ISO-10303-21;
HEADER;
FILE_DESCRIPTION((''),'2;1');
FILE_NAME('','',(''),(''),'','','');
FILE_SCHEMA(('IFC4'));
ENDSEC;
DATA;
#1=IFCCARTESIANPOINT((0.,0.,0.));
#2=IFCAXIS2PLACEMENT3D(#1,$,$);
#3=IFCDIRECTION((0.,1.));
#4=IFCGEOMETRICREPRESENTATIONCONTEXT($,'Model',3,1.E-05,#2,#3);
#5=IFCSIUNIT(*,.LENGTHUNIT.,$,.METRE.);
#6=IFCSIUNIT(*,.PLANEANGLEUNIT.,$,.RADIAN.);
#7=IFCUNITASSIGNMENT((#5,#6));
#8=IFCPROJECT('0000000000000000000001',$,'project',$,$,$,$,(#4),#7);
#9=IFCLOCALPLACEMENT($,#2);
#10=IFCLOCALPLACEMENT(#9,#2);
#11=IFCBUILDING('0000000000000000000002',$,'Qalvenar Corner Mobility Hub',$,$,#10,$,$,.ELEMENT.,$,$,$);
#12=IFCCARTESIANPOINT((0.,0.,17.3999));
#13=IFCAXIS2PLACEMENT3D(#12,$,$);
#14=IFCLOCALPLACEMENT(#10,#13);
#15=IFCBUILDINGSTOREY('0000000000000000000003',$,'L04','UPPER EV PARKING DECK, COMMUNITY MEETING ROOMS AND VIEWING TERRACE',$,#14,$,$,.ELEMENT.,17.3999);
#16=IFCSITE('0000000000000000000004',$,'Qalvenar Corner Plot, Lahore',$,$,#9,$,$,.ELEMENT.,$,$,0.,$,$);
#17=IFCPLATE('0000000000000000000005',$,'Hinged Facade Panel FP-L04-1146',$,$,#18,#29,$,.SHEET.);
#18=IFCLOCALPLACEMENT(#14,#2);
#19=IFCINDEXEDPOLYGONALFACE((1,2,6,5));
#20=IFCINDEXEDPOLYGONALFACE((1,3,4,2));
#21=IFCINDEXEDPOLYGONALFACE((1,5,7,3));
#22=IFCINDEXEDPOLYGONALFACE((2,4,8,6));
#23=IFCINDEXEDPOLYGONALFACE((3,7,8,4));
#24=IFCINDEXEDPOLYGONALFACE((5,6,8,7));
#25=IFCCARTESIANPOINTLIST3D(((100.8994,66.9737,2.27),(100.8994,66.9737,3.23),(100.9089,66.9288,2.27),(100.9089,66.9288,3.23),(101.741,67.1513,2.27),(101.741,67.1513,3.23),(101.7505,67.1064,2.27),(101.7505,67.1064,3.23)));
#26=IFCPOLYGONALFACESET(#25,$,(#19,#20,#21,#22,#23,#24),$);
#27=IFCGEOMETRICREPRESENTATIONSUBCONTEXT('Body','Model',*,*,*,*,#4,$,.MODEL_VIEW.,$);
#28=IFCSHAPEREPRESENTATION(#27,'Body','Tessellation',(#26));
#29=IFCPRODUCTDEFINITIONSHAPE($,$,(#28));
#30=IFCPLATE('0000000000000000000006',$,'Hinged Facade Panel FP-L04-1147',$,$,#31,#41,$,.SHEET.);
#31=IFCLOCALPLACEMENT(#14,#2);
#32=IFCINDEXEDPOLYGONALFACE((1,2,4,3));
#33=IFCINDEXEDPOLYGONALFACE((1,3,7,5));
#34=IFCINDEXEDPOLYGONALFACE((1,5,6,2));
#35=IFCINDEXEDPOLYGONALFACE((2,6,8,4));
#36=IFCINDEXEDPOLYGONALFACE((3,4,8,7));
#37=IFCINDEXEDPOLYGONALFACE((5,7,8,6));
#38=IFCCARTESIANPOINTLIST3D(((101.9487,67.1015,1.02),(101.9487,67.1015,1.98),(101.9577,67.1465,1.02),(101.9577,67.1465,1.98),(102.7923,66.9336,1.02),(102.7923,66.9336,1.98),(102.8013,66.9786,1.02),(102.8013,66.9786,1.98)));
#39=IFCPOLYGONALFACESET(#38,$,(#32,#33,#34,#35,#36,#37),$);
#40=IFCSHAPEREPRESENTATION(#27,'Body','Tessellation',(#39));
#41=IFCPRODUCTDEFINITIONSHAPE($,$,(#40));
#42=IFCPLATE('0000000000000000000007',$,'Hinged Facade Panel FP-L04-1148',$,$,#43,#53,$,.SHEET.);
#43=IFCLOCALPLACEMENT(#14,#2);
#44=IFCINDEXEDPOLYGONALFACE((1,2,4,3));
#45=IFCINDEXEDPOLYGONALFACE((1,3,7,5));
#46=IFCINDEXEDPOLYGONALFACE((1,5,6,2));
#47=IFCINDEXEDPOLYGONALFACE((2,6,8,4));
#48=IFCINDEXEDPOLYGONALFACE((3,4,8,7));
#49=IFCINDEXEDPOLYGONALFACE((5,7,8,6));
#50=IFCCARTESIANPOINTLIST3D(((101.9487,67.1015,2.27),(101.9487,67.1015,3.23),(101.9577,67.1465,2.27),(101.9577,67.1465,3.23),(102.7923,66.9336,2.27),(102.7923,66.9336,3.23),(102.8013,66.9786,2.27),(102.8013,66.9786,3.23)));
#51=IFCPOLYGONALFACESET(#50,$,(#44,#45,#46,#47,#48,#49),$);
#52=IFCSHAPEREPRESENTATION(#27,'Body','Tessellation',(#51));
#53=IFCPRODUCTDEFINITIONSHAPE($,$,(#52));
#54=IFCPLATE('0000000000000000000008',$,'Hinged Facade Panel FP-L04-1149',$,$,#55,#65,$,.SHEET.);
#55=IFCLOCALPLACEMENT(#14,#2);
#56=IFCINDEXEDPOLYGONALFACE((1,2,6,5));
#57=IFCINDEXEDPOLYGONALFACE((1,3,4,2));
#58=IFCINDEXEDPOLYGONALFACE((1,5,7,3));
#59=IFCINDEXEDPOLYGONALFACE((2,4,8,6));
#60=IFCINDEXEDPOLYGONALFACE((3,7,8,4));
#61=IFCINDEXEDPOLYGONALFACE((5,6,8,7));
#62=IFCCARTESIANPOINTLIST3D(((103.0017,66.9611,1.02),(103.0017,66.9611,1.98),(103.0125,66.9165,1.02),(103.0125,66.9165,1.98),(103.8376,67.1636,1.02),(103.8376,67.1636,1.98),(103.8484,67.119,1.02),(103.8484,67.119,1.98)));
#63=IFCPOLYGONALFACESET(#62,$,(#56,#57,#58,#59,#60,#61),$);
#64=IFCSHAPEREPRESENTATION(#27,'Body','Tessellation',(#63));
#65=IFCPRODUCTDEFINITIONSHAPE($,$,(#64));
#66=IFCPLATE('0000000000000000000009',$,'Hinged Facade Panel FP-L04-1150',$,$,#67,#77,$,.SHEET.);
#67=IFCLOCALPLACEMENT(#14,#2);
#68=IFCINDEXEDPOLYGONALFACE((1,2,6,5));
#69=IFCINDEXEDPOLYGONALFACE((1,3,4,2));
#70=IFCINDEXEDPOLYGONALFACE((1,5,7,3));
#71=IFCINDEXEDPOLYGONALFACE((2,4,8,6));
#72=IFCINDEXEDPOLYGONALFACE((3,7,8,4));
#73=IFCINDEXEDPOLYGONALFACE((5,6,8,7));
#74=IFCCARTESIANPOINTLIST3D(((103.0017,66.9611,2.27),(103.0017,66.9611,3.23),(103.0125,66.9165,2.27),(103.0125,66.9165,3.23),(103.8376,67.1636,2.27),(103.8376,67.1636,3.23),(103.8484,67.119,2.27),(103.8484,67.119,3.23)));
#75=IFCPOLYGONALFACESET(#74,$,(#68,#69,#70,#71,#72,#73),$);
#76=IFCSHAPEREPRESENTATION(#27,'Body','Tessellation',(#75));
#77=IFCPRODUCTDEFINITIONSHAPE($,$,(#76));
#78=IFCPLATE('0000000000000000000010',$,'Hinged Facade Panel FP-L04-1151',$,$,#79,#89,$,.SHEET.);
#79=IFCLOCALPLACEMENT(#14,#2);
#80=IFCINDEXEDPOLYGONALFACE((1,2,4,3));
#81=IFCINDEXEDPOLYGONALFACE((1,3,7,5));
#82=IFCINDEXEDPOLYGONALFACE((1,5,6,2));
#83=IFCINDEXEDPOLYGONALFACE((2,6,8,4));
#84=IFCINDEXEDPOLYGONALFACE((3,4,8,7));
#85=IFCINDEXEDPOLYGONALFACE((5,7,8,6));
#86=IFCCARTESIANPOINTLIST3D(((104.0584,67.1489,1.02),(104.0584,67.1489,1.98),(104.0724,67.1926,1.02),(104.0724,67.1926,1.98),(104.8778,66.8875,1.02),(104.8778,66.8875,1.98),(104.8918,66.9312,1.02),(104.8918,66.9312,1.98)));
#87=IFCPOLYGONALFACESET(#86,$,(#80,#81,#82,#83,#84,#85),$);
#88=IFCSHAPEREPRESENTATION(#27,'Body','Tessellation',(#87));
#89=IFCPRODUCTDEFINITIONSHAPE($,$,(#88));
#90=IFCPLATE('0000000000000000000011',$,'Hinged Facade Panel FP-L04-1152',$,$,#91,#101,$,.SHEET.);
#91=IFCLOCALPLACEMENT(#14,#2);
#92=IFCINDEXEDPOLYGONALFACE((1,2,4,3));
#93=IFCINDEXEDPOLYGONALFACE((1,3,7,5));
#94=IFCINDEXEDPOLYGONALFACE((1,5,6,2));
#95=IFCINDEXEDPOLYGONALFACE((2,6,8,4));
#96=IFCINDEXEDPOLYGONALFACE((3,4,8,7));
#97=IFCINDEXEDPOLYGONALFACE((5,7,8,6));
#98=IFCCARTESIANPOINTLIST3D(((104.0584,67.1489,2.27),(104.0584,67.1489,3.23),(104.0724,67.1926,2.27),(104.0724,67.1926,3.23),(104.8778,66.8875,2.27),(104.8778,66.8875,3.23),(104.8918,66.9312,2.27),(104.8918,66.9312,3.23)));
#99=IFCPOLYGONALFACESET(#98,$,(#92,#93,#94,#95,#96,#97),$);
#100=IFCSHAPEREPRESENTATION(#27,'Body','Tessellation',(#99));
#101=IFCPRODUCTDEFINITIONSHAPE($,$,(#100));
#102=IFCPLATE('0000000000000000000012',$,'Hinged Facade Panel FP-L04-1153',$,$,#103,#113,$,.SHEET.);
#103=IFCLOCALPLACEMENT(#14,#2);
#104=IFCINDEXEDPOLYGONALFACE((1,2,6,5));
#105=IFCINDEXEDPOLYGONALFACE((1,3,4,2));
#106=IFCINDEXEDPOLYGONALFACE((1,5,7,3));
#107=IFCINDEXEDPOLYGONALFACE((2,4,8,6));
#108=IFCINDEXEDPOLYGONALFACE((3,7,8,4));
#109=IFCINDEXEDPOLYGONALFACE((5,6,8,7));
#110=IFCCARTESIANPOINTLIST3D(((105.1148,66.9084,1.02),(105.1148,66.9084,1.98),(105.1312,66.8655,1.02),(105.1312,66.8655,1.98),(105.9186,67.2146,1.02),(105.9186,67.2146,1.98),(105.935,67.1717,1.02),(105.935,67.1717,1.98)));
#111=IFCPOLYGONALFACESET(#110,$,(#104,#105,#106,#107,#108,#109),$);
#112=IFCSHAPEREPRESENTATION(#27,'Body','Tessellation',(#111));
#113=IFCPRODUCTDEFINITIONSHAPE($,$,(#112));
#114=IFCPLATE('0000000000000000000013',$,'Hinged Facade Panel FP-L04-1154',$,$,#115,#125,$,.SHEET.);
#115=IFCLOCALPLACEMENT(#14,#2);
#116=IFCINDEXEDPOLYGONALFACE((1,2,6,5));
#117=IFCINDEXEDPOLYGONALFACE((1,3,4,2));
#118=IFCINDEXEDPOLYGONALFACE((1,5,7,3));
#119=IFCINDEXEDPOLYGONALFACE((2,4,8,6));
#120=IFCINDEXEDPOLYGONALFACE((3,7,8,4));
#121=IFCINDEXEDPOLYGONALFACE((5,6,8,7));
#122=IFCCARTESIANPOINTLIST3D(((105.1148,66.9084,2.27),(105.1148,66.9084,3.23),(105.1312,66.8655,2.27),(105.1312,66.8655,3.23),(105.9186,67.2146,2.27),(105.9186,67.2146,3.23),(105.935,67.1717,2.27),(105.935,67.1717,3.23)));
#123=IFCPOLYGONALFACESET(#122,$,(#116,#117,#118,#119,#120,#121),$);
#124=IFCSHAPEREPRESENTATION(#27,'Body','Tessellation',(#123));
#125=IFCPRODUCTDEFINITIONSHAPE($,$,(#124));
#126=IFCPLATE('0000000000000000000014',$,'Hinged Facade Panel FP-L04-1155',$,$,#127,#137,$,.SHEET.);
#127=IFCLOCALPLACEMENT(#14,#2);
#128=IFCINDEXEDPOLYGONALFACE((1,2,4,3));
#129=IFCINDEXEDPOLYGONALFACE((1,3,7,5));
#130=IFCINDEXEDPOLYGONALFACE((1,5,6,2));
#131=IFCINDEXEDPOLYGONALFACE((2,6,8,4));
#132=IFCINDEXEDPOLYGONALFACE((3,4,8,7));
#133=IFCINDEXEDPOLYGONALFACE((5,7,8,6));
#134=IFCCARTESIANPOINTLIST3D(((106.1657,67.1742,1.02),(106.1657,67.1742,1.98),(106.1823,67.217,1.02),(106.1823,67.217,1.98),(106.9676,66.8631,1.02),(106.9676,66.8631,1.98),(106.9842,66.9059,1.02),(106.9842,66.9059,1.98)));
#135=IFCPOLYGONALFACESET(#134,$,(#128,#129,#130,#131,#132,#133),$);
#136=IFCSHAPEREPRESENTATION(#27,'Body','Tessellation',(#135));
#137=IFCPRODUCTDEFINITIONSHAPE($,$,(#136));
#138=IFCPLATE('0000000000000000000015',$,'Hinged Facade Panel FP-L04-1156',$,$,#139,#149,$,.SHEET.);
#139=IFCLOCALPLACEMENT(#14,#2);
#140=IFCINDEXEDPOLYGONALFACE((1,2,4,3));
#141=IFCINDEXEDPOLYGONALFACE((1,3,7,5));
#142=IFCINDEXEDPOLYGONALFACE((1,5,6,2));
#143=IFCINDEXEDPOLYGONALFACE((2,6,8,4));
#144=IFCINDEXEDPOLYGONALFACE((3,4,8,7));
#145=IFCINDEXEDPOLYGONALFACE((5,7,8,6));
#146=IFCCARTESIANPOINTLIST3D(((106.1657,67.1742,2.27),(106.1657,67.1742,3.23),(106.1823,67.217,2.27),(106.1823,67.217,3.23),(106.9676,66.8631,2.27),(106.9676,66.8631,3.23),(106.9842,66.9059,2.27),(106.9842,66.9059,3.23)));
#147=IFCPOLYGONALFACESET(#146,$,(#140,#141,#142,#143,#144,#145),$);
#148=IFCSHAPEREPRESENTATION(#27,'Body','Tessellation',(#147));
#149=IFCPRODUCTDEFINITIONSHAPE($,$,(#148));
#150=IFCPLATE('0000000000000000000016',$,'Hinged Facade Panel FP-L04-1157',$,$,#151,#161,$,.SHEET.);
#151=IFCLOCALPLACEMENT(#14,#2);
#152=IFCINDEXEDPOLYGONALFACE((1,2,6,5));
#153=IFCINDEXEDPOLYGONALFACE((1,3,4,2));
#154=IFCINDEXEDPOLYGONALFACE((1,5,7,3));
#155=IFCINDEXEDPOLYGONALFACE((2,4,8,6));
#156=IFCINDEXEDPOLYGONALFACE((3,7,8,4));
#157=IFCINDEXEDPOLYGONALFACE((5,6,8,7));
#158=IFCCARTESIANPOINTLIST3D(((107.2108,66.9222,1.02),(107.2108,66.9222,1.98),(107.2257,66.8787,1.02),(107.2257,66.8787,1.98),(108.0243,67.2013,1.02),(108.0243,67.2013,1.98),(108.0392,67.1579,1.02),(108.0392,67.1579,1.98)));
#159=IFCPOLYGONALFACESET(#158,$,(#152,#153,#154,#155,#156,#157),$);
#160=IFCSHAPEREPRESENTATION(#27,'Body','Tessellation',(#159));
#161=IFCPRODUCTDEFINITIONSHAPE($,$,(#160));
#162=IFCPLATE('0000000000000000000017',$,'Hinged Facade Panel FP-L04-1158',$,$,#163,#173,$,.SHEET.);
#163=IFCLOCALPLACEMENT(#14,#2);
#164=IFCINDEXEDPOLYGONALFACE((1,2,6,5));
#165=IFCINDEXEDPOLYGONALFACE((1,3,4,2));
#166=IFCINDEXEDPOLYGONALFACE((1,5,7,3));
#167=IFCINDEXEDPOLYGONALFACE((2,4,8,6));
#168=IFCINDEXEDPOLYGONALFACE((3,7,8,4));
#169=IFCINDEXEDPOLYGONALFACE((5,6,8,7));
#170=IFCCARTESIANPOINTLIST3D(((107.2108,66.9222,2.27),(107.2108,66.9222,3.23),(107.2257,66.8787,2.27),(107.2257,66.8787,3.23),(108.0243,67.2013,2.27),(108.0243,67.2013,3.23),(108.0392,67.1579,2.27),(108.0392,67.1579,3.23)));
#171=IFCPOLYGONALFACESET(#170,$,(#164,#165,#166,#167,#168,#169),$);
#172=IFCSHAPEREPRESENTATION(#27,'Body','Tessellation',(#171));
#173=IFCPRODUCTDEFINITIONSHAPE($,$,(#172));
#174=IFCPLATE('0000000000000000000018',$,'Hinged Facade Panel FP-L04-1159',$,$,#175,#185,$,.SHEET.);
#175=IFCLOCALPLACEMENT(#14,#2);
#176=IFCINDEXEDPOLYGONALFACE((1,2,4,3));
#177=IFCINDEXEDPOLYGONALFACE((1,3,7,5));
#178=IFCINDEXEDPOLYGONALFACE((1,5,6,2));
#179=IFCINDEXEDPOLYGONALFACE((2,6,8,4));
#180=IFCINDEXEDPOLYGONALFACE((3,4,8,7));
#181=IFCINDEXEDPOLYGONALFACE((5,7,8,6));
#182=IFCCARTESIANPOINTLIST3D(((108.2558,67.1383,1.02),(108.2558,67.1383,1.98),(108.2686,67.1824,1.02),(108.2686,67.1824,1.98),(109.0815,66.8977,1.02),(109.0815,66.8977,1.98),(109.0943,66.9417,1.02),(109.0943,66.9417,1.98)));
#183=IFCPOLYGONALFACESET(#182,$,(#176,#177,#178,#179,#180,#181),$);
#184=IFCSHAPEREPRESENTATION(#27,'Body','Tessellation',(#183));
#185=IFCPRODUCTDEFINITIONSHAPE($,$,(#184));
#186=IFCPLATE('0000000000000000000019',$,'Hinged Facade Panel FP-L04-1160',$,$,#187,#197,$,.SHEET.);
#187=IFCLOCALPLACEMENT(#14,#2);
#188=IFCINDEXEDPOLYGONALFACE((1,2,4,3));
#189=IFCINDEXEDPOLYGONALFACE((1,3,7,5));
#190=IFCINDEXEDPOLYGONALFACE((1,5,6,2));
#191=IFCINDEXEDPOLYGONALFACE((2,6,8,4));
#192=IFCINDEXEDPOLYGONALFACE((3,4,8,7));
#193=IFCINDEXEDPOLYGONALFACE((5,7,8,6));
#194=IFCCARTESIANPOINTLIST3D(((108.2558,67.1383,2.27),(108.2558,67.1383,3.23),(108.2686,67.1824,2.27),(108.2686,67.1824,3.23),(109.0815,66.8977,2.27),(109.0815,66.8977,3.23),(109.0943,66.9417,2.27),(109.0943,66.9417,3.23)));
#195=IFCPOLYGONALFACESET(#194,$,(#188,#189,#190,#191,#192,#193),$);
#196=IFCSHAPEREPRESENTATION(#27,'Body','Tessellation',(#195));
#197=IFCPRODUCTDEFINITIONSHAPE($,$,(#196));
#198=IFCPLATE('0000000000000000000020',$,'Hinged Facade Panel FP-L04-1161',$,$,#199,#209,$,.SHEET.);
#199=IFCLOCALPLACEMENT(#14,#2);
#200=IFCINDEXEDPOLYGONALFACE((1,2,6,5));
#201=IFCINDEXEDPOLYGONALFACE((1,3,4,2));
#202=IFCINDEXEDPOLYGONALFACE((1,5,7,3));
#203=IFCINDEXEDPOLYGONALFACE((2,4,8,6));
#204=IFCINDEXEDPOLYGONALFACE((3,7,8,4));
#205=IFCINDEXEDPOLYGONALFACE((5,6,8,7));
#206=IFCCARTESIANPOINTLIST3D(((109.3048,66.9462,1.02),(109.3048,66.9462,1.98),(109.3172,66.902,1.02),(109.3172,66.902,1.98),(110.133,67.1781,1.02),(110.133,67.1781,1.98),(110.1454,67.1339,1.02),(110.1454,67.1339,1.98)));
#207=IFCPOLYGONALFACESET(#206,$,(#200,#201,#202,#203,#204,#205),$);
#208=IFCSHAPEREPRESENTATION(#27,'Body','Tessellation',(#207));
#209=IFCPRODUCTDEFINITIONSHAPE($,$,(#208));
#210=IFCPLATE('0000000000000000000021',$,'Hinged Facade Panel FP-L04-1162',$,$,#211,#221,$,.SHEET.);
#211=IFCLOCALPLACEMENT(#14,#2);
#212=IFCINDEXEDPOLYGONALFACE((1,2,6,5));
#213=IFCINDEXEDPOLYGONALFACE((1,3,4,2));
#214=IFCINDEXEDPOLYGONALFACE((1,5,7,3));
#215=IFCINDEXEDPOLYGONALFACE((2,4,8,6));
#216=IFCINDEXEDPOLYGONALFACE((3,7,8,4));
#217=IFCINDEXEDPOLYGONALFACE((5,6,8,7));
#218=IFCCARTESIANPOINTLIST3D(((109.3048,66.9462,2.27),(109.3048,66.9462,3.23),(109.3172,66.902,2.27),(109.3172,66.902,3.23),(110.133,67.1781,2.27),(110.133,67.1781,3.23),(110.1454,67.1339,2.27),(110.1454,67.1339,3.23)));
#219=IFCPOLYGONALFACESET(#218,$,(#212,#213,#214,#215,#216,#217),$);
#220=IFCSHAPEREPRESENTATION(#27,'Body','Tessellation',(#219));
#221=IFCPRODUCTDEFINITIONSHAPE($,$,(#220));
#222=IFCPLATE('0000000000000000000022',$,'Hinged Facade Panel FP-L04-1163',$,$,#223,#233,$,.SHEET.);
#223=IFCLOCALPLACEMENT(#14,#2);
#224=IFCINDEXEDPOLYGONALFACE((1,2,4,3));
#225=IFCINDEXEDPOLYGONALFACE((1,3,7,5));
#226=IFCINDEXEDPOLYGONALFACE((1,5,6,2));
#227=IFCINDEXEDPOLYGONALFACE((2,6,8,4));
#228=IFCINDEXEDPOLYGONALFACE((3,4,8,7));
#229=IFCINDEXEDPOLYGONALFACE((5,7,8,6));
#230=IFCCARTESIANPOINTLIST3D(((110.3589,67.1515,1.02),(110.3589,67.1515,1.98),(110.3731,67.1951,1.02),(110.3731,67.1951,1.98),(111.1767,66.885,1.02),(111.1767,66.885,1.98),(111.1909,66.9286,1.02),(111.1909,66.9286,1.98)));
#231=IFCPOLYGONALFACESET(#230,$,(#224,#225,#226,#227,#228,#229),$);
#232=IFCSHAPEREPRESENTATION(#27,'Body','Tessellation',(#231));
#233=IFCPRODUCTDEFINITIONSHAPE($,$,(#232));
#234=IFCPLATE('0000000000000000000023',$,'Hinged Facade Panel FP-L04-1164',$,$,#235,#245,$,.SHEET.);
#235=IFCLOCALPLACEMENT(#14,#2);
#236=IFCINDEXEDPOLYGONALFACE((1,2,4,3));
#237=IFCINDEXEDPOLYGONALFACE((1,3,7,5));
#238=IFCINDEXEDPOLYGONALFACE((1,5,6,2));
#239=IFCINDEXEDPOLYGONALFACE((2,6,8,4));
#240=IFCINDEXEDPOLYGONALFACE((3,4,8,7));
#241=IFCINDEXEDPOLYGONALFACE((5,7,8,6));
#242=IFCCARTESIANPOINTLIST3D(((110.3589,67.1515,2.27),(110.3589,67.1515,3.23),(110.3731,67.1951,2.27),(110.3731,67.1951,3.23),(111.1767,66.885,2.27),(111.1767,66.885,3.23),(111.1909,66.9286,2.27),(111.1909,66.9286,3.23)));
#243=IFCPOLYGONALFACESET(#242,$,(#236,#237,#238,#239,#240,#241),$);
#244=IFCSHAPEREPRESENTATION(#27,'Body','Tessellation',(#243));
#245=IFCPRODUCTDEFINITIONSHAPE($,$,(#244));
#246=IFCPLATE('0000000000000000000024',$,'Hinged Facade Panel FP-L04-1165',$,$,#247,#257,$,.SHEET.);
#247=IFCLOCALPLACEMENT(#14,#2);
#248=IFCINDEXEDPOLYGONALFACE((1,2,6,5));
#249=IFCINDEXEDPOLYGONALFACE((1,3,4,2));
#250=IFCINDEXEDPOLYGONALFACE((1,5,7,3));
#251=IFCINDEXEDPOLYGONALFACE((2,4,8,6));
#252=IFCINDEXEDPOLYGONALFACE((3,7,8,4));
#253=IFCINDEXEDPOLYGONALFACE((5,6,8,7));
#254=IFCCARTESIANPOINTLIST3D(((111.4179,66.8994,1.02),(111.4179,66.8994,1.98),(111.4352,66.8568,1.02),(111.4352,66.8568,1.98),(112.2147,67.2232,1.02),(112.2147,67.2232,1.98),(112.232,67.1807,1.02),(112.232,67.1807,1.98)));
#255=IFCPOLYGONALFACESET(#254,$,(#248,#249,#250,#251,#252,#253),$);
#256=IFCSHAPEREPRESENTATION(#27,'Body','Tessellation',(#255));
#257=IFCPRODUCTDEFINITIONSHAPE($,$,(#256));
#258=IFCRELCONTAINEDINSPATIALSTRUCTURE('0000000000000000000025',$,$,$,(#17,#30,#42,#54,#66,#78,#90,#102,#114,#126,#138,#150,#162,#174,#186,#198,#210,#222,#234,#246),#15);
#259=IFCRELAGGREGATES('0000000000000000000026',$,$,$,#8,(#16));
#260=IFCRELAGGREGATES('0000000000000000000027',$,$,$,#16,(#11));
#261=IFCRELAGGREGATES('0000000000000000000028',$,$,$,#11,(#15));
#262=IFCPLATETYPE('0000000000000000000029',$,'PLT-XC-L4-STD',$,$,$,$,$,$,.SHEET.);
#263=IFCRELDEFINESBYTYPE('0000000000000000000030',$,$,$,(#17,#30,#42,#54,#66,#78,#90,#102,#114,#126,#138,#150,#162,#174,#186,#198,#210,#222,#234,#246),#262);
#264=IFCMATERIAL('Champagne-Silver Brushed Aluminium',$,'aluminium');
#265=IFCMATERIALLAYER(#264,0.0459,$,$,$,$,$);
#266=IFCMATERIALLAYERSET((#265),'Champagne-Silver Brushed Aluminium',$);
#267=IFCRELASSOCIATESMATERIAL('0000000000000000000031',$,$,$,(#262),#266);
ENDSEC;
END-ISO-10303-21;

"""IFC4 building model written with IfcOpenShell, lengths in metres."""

from ifc_helpers import new_model, si_unit, direction, frame, origin, origin_2d, place, context, subcontext, project, spatial, rectangle, extrude, material, layer, layer_set, type_object, element, save


model = new_model("IFC4")

# Units and contexts
model_context = context("Model", 3, precision=1e-05, world=origin(), true_north=direction((0.0, 1.0)))
body_context = subcontext(model_context, "Body", "Model", "MODEL_VIEW")
ifc_project = project(units=[si_unit("LENGTHUNIT", "METRE"), si_unit("PLANEANGLEUNIT", "RADIAN")], contexts=[model_context])

# Site, building, storey
site_placement = place(None, origin())
site = spatial("IfcSite", under=ifc_project, at=site_placement, Name="Qalvenar Corner Plot, Lahore", CompositionType="ELEMENT", RefElevation=0.0)
building_placement = place(site_placement, origin())
building = spatial("IfcBuilding", under=site, at=building_placement, Name="Qalvenar Corner Mobility Hub", CompositionType="ELEMENT")
storey_placement = place(building_placement, frame((0.0, 0.0, 17.3999)))
storey = spatial("IfcBuildingStorey", under=building, at=storey_placement, Name="L04", Description="UPPER EV PARKING DECK, COMMUNITY MEETING ROOMS AND VIEWING TERRACE", CompositionType="ELEMENT", Elevation=17.3999)

# Plates
ifc_material_1 = material(Name="Champagne-Silver Brushed Aluminium", Category="aluminium")
ifc_layer = layer(ifc_material_1, 0.0459)
ifc_layer_set = layer_set([ifc_layer], Name="Champagne-Silver Brushed Aluminium")
plate_type = type_object("IfcPlateType", Name="PLT-XC-L4-STD", PredefinedType="SHEET", material=ifc_layer_set)
for number, where, z_axis, x_axis, name in (
    (1, (101.325, 67.04, 2.27), (0.0, 0.0, 1.0), (0.978437, 0.206546, 0.0), "Hinged Facade Panel FP-L04-1146"),
    (2, (102.375, 67.04, 1.02), (0.0, 0.0, 1.0), (0.980751, -0.195261, 0.0), "Hinged Facade Panel FP-L04-1147"),
    (3, (102.375, 67.04, 2.27), (0.0, 0.0, 1.0), (0.980751, -0.195261, 0.0), "Hinged Facade Panel FP-L04-1148"),
    (4, (103.425, 67.04, 1.02), (0.0, 0.0, 1.0), (0.971879, 0.235481, 0.0), "Hinged Facade Panel FP-L04-1149"),
    (5, (103.425, 67.04, 2.27), (0.0, 0.0, 1.0), (0.971879, 0.235481, 0.0), "Hinged Facade Panel FP-L04-1150"),
    (6, (104.4751, 67.04, 1.02), (0.0, 0.0, 1.0), (0.952715, -0.303867, 0.0), "Hinged Facade Panel FP-L04-1151"),
    (7, (104.4751, 67.04, 2.27), (0.0, 0.0, 1.0), (0.952715, -0.303867, 0.0), "Hinged Facade Panel FP-L04-1152"),
    (8, (105.5249, 67.04, 1.02), (0.0, 0.0, 1.0), (0.934515, 0.355923, 0.0), "Hinged Facade Panel FP-L04-1153"),
    (9, (105.5249, 67.04, 2.27), (0.0, 0.0, 1.0), (0.934515, 0.355923, 0.0), "Hinged Facade Panel FP-L04-1154"),
    (10, (106.575, 67.04, 1.02), (0.0, 0.0, 1.0), (0.932324, -0.361625, 0.0), "Hinged Facade Panel FP-L04-1155"),
    (11, (106.575, 67.04, 2.27), (0.0, 0.0, 1.0), (0.932324, -0.361625, 0.0), "Hinged Facade Panel FP-L04-1156"),
    (12, (107.625, 67.04, 1.02), (0.0, 0.0, 1.0), (0.945859, 0.324578, 0.0), "Hinged Facade Panel FP-L04-1157"),
    (13, (107.625, 67.04, 2.27), (0.0, 0.0, 1.0), (0.945859, 0.324578, 0.0), "Hinged Facade Panel FP-L04-1158"),
    (14, (108.675, 67.04, 1.02), (0.0, 0.0, 1.0), (0.96005, -0.279829, 0.0), "Hinged Facade Panel FP-L04-1159"),
    (15, (108.675, 67.04, 2.27), (0.0, 0.0, 1.0), (0.96005, -0.279829, 0.0), "Hinged Facade Panel FP-L04-1160"),
    (16, (109.7251, 67.04, 1.02), (0.0, 0.0, 1.0), (0.962975, 0.269592, 0.0), "Hinged Facade Panel FP-L04-1161"),
    (17, (109.7251, 67.04, 2.27), (0.0, 0.0, 1.0), (0.962975, 0.269592, 0.0), "Hinged Facade Panel FP-L04-1162"),
    (18, (110.7749, 67.04, 1.02), (0.0, 0.0, 1.0), (0.950786, -0.309847, 0.0), "Hinged Facade Panel FP-L04-1163"),
    (19, (110.7749, 67.04, 2.27), (0.0, 0.0, 1.0), (0.950786, -0.309847, 0.0), "Hinged Facade Panel FP-L04-1164"),
    (20, (111.825, 67.04, 1.02), (0.0, 0.0, 1.0), (0.926397, 0.376548, 0.0), "Hinged Facade Panel FP-L04-1165"),
):
    element("IfcPlate", number, at=place(storey_placement, frame(where, z_axis=z_axis, x_axis=x_axis)), inside=storey, type_object=plate_type, Name=name, PredefinedType="SHEET", context=body_context, shape_type="SweptSolid", body=[
        extrude(rectangle(XDim=0.8601, YDim=0.0459, at=origin_2d()), origin(), (0.0, 0.0, 1.0), 0.96),
    ])

save(model, "model.ifc")
